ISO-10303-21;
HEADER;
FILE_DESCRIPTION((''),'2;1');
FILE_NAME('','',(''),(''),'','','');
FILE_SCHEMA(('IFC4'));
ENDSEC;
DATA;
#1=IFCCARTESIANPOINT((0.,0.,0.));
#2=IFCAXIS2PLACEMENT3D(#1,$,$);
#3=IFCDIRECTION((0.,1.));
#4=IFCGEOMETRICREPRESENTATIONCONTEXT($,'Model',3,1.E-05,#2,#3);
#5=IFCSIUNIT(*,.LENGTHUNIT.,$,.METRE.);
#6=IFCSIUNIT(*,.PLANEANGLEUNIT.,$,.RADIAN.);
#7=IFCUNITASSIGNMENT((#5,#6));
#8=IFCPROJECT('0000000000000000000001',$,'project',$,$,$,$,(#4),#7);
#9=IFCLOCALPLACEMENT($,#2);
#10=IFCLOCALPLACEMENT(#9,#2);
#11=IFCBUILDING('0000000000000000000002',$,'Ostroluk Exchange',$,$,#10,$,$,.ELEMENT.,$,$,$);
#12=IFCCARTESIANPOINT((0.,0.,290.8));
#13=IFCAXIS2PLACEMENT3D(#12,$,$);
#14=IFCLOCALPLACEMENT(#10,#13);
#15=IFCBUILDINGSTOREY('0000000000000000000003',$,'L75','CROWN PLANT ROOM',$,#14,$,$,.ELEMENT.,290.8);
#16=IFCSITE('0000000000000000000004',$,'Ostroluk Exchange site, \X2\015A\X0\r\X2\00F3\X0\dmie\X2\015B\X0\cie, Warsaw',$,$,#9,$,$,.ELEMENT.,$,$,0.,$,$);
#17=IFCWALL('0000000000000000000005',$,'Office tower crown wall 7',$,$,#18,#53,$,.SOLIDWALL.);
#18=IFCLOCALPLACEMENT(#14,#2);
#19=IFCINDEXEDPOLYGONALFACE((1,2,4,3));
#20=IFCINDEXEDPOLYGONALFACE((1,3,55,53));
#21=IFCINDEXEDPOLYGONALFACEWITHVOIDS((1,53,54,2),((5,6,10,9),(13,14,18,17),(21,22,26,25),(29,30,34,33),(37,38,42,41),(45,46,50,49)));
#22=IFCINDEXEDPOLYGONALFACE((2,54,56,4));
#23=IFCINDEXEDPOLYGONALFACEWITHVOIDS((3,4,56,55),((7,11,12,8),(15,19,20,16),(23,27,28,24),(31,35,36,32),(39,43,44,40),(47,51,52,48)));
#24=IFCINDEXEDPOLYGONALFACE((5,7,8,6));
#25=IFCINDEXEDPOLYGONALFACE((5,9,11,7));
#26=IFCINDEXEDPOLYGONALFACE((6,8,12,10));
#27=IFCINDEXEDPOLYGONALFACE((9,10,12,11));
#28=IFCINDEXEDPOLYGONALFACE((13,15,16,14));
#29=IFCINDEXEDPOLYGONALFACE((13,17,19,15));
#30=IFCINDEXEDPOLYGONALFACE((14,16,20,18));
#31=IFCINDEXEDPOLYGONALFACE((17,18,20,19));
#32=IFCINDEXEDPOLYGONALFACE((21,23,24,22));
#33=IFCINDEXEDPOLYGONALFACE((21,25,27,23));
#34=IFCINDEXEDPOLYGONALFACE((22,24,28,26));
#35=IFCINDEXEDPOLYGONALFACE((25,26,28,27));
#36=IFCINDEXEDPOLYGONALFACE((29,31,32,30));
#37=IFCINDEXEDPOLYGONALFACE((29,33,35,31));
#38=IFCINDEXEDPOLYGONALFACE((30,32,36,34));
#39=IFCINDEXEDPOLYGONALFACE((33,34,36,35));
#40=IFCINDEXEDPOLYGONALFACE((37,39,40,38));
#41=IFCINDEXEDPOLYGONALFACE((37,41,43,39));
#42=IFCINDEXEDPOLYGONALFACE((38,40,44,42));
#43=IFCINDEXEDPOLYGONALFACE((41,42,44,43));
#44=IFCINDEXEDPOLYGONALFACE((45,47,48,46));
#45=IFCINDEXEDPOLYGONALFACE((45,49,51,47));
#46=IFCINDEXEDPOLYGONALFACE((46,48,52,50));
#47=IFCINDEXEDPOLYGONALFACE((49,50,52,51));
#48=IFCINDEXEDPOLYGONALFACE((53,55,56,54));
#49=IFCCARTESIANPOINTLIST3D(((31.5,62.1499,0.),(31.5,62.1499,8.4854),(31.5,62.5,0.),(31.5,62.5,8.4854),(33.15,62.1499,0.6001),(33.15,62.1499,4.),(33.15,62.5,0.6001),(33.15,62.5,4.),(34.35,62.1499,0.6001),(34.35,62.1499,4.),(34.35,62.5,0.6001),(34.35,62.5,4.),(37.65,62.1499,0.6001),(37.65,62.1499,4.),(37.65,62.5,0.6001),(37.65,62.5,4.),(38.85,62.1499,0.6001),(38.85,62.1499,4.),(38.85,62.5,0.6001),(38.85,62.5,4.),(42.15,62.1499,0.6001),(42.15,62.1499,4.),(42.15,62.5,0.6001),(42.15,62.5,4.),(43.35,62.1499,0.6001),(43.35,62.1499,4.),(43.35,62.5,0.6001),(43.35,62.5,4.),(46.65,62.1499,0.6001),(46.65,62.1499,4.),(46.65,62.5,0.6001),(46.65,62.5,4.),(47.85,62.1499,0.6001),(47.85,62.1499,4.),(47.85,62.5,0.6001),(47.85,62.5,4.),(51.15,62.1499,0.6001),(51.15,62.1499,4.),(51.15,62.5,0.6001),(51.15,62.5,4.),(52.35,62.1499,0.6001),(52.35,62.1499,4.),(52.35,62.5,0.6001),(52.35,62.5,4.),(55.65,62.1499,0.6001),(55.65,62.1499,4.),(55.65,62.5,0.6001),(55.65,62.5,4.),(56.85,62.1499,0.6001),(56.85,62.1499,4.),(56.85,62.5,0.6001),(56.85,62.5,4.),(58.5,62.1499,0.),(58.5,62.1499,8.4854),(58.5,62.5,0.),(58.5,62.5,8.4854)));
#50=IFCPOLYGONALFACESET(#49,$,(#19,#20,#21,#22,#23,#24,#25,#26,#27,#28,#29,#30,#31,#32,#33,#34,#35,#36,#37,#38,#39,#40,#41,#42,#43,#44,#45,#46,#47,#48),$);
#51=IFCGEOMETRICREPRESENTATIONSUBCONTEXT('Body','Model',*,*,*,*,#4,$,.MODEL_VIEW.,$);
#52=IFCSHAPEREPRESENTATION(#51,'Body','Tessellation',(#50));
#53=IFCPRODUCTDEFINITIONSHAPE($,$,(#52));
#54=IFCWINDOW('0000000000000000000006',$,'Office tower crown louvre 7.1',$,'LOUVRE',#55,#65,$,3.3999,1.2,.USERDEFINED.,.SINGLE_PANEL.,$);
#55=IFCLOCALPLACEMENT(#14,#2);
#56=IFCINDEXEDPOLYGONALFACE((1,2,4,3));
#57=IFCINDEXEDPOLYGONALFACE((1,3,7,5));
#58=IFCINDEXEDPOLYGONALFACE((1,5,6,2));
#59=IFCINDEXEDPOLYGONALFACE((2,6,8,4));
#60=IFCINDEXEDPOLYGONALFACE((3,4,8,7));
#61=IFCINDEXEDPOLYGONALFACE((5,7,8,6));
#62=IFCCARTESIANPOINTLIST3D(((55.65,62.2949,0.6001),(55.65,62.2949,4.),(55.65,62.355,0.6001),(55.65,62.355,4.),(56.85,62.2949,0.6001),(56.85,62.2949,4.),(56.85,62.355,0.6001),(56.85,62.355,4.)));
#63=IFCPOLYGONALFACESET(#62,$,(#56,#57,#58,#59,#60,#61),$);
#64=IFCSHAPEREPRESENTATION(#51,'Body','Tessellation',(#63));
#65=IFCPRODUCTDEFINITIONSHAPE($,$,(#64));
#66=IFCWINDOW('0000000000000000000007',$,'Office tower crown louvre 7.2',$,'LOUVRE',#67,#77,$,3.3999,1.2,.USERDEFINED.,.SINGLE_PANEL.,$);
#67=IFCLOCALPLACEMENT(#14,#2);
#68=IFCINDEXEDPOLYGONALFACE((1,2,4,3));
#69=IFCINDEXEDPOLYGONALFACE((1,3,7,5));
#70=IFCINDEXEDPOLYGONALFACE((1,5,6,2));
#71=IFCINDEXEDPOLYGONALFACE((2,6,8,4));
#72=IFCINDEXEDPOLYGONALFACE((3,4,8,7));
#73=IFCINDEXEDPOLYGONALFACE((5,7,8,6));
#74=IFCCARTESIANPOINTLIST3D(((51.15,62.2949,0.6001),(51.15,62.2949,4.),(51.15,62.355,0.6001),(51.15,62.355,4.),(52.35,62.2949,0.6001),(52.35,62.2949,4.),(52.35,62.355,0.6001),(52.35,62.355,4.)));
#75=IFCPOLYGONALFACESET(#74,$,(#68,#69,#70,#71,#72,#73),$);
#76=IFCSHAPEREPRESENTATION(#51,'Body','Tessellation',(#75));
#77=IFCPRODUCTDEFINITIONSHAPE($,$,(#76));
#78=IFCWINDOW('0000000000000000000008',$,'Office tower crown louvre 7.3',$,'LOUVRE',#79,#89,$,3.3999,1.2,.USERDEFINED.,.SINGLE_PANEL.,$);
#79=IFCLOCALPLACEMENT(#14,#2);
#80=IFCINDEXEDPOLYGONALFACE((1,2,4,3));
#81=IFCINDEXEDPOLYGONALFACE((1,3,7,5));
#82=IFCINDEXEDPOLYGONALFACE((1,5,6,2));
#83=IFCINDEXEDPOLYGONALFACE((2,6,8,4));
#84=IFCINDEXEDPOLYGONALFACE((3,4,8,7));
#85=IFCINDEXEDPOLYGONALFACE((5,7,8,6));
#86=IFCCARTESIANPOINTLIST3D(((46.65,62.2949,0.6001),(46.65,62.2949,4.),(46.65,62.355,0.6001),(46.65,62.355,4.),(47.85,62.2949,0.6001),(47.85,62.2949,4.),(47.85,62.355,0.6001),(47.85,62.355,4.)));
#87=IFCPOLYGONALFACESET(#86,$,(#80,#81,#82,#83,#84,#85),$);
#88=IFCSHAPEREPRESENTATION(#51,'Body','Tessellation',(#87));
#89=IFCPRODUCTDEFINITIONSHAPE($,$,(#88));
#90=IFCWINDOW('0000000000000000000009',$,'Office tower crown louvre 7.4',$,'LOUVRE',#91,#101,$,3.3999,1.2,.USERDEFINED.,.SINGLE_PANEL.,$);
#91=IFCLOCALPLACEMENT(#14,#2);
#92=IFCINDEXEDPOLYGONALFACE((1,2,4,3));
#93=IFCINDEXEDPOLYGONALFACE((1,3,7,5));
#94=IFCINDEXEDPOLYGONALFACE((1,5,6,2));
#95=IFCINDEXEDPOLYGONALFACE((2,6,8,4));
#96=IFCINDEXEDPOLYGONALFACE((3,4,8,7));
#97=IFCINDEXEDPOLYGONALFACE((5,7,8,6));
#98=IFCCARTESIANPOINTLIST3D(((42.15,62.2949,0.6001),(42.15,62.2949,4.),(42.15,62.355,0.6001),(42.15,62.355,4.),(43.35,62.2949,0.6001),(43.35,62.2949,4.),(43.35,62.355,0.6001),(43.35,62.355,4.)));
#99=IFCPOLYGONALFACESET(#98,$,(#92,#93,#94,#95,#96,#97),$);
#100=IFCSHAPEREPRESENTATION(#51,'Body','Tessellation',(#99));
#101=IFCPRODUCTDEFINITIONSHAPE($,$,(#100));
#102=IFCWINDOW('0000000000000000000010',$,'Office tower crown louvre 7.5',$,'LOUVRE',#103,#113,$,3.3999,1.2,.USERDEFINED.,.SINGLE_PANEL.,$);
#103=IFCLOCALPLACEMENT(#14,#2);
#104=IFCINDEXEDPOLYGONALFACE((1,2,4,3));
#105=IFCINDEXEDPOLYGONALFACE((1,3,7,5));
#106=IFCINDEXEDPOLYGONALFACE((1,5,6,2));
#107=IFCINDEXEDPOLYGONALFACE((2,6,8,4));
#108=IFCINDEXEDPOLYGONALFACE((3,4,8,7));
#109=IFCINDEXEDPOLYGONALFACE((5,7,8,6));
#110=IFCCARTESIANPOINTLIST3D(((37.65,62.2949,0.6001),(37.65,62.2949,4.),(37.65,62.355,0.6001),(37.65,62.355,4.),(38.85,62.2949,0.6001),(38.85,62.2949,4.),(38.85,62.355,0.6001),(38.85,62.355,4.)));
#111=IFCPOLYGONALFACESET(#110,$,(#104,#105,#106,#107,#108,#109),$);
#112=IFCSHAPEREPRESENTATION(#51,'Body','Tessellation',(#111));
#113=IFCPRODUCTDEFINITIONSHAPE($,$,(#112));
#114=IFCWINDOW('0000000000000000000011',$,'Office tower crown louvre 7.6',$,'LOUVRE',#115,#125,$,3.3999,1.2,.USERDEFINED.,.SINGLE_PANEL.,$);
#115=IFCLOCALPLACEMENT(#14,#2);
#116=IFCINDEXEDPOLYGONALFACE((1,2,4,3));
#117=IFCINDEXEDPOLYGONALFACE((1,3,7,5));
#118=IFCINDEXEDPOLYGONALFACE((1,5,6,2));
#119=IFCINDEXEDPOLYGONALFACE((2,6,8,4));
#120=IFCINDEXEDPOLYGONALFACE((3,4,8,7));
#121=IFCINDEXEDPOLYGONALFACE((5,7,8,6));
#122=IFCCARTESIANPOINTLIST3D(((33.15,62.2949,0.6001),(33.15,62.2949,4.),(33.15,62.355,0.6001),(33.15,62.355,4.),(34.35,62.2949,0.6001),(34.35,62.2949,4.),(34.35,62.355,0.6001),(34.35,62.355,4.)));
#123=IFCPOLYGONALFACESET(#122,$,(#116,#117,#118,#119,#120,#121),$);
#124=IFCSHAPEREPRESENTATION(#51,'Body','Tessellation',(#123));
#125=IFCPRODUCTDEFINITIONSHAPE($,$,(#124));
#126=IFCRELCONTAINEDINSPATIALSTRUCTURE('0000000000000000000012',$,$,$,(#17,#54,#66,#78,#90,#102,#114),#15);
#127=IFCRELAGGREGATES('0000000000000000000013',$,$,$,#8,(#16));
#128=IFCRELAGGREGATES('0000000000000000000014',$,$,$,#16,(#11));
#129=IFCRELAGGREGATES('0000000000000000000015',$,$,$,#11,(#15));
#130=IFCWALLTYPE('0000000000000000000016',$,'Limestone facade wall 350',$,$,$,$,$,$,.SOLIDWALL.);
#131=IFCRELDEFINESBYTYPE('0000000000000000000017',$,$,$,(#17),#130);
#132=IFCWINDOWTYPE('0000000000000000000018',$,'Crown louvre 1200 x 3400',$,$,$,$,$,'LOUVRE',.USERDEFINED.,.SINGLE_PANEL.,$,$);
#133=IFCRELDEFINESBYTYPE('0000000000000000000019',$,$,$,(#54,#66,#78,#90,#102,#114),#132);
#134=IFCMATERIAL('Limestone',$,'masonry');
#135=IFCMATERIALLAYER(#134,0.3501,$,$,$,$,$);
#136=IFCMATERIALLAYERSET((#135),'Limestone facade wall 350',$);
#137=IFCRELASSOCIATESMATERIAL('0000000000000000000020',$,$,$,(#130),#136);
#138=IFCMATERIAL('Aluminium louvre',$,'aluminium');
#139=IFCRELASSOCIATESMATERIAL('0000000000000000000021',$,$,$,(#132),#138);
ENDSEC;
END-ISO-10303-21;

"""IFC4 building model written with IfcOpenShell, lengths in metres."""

from ifc_helpers import new_model, si_unit, direction, frame, frame_2d, origin, place, context, subcontext, project, spatial, rectangle, extrude, material, layer, layer_set, type_object, element, fill, save


model = new_model("IFC4")

# Units and contexts
model_context = context("Model", 3, precision=1e-05, world=origin(), true_north=direction((0.0, 1.0)))
body_context = subcontext(model_context, "Body", "Model", "MODEL_VIEW")
ifc_project = project(units=[si_unit("LENGTHUNIT", "METRE"), si_unit("PLANEANGLEUNIT", "RADIAN")], contexts=[model_context])

# Site, building, storey
site_placement = place(None, origin())
site = spatial("IfcSite", under=ifc_project, at=site_placement, Name="Ostroluk Exchange site, Śródmieście, Warsaw", CompositionType="ELEMENT", RefElevation=0.0)
building_placement = place(site_placement, origin())
building = spatial("IfcBuilding", under=site, at=building_placement, Name="Ostroluk Exchange", CompositionType="ELEMENT")
storey_placement = place(building_placement, frame((0.0, 0.0, 290.8)))
storey = spatial("IfcBuildingStorey", under=building, at=storey_placement, Name="L75", Description="CROWN PLANT ROOM", CompositionType="ELEMENT", Elevation=290.8)

# Shared definitions
ifc_material_1 = material(Name="Limestone", Category="masonry")
ifc_layer_1 = layer(ifc_material_1, 0.3501)
ifc_layer_set_1 = layer_set([ifc_layer_1], Name="Limestone facade wall 350")
wall_type_1 = type_object("IfcWallType", Name="Limestone facade wall 350", PredefinedType="SOLIDWALL", material=ifc_layer_set_1)
ifc_material_2 = material(Name="Aluminium louvre", Category="aluminium")
window_type = type_object("IfcWindowType", Name="Crown louvre 1200 x 3400", ElementType="LOUVRE", PartitioningType="SINGLE_PANEL", PredefinedType="USERDEFINED", material=ifc_material_2)

# Wall, openings, windows
wall_1_placement = place(storey_placement, frame((58.5, 62.325, 0.0), z_axis=(0.0, 0.0, 1.0), x_axis=(-1.0, 0.0, 0.0)))
wall_1 = element("IfcWall", 1, at=wall_1_placement, inside=storey, type_object=wall_type_1, Name="Office tower crown wall 7", PredefinedType="SOLIDWALL", context=body_context, shape_type="SweptSolid", body=[
    extrude(rectangle(XDim=27.0, YDim=0.3501, at=frame_2d((13.5, 0.0))), origin(), (0.0, 0.0, 1.0), 8.4854),
])
opening_1_placement = place(wall_1_placement, frame((1.6499, 0.0, 0.6001)))
opening_1 = element("IfcOpeningElement", 2, at=opening_1_placement, cuts=wall_1, PredefinedType="OPENING", context=body_context, shape_type="SweptSolid", body=[
    extrude(rectangle(XDim=1.2, YDim=3.3999, at=frame_2d((0.6001, 1.7))), frame((0.0, 0.1851, 0.0), z_axis=(0.0, -1.0, 0.0), x_axis=(1.0, 0.0, 0.0)), (0.0, 0.0, 1.0), 0.3701),
])
opening_2_placement = place(wall_1_placement, frame((6.1499, 0.0, 0.6001)))
opening_2 = element("IfcOpeningElement", 3, at=opening_2_placement, cuts=wall_1, PredefinedType="OPENING", context=body_context, shape_type="SweptSolid", body=[
    extrude(rectangle(XDim=1.2, YDim=3.3999, at=frame_2d((0.6001, 1.7))), frame((0.0, 0.1851, 0.0), z_axis=(0.0, -1.0, 0.0), x_axis=(1.0, 0.0, 0.0)), (0.0, 0.0, 1.0), 0.3701),
])
opening_3_placement = place(wall_1_placement, frame((10.6499, 0.0, 0.6001)))
opening_3 = element("IfcOpeningElement", 4, at=opening_3_placement, cuts=wall_1, PredefinedType="OPENING", context=body_context, shape_type="SweptSolid", body=[
    extrude(rectangle(XDim=1.2, YDim=3.3999, at=frame_2d((0.6001, 1.7))), frame((0.0, 0.1851, 0.0), z_axis=(0.0, -1.0, 0.0), x_axis=(1.0, 0.0, 0.0)), (0.0, 0.0, 1.0), 0.3701),
])
opening_4_placement = place(wall_1_placement, frame((15.1499, 0.0, 0.6001)))
opening_4 = element("IfcOpeningElement", 5, at=opening_4_placement, cuts=wall_1, PredefinedType="OPENING", context=body_context, shape_type="SweptSolid", body=[
    extrude(rectangle(XDim=1.2, YDim=3.3999, at=frame_2d((0.6001, 1.7))), frame((0.0, 0.1851, 0.0), z_axis=(0.0, -1.0, 0.0), x_axis=(1.0, 0.0, 0.0)), (0.0, 0.0, 1.0), 0.3701),
])
opening_5_placement = place(wall_1_placement, frame((19.6499, 0.0, 0.6001)))
opening_5 = element("IfcOpeningElement", 6, at=opening_5_placement, cuts=wall_1, PredefinedType="OPENING", context=body_context, shape_type="SweptSolid", body=[
    extrude(rectangle(XDim=1.2, YDim=3.3999, at=frame_2d((0.6001, 1.7))), frame((0.0, 0.1851, 0.0), z_axis=(0.0, -1.0, 0.0), x_axis=(1.0, 0.0, 0.0)), (0.0, 0.0, 1.0), 0.3701),
])
opening_6_placement = place(wall_1_placement, frame((24.1499, 0.0, 0.6001)))
opening_6 = element("IfcOpeningElement", 7, at=opening_6_placement, cuts=wall_1, PredefinedType="OPENING", context=body_context, shape_type="SweptSolid", body=[
    extrude(rectangle(XDim=1.2, YDim=3.3999, at=frame_2d((0.6001, 1.7))), frame((0.0, 0.1851, 0.0), z_axis=(0.0, -1.0, 0.0), x_axis=(1.0, 0.0, 0.0)), (0.0, 0.0, 1.0), 0.3701),
])
window_1_placement = place(opening_1_placement, origin())
window_1 = element("IfcWindow", 8, at=window_1_placement, inside=storey, type_object=window_type, Name="Office tower crown louvre 7.1", ObjectType="LOUVRE", OverallHeight=3.3999, OverallWidth=1.2, PartitioningType="SINGLE_PANEL", PredefinedType="USERDEFINED", context=body_context, shape_type="SweptSolid", body=[
    extrude(rectangle(XDim=1.2, YDim=3.3999, at=frame_2d((0.6001, 1.7))), frame((0.0, 0.03, 0.0), z_axis=(0.0, -1.0, 0.0), x_axis=(1.0, 0.0, 0.0)), (0.0, 0.0, 1.0), 0.0601),
])
fill(opening_1, window_1)
window_2_placement = place(opening_2_placement, origin())
window_2 = element("IfcWindow", 9, at=window_2_placement, inside=storey, type_object=window_type, Name="Office tower crown louvre 7.2", ObjectType="LOUVRE", OverallHeight=3.3999, OverallWidth=1.2, PartitioningType="SINGLE_PANEL", PredefinedType="USERDEFINED", context=body_context, shape_type="SweptSolid", body=[
    extrude(rectangle(XDim=1.2, YDim=3.3999, at=frame_2d((0.6001, 1.7))), frame((0.0, 0.03, 0.0), z_axis=(0.0, -1.0, 0.0), x_axis=(1.0, 0.0, 0.0)), (0.0, 0.0, 1.0), 0.0601),
])
fill(opening_2, window_2)
window_3_placement = place(opening_3_placement, origin())
window_3 = element("IfcWindow", 10, at=window_3_placement, inside=storey, type_object=window_type, Name="Office tower crown louvre 7.3", ObjectType="LOUVRE", OverallHeight=3.3999, OverallWidth=1.2, PartitioningType="SINGLE_PANEL", PredefinedType="USERDEFINED", context=body_context, shape_type="SweptSolid", body=[
    extrude(rectangle(XDim=1.2, YDim=3.3999, at=frame_2d((0.6001, 1.7))), frame((0.0, 0.03, 0.0), z_axis=(0.0, -1.0, 0.0), x_axis=(1.0, 0.0, 0.0)), (0.0, 0.0, 1.0), 0.0601),
])
fill(opening_3, window_3)
window_4_placement = place(opening_4_placement, origin())
window_4 = element("IfcWindow", 11, at=window_4_placement, inside=storey, type_object=window_type, Name="Office tower crown louvre 7.4", ObjectType="LOUVRE", OverallHeight=3.3999, OverallWidth=1.2, PartitioningType="SINGLE_PANEL", PredefinedType="USERDEFINED", context=body_context, shape_type="SweptSolid", body=[
    extrude(rectangle(XDim=1.2, YDim=3.3999, at=frame_2d((0.6001, 1.7))), frame((0.0, 0.03, 0.0), z_axis=(0.0, -1.0, 0.0), x_axis=(1.0, 0.0, 0.0)), (0.0, 0.0, 1.0), 0.0601),
])
fill(opening_4, window_4)
window_5_placement = place(opening_5_placement, origin())
window_5 = element("IfcWindow", 12, at=window_5_placement, inside=storey, type_object=window_type, Name="Office tower crown louvre 7.5", ObjectType="LOUVRE", OverallHeight=3.3999, OverallWidth=1.2, PartitioningType="SINGLE_PANEL", PredefinedType="USERDEFINED", context=body_context, shape_type="SweptSolid", body=[
    extrude(rectangle(XDim=1.2, YDim=3.3999, at=frame_2d((0.6001, 1.7))), frame((0.0, 0.03, 0.0), z_axis=(0.0, -1.0, 0.0), x_axis=(1.0, 0.0, 0.0)), (0.0, 0.0, 1.0), 0.0601),
])
fill(opening_5, window_5)
window_6_placement = place(opening_6_placement, origin())
window_6 = element("IfcWindow", 13, at=window_6_placement, inside=storey, type_object=window_type, Name="Office tower crown louvre 7.6", ObjectType="LOUVRE", OverallHeight=3.3999, OverallWidth=1.2, PartitioningType="SINGLE_PANEL", PredefinedType="USERDEFINED", context=body_context, shape_type="SweptSolid", body=[
    extrude(rectangle(XDim=1.2, YDim=3.3999, at=frame_2d((0.6001, 1.7))), frame((0.0, 0.03, 0.0), z_axis=(0.0, -1.0, 0.0), x_axis=(1.0, 0.0, 0.0)), (0.0, 0.0, 1.0), 0.0601),
])
fill(opening_6, window_6)

save(model, "model.ifc")
